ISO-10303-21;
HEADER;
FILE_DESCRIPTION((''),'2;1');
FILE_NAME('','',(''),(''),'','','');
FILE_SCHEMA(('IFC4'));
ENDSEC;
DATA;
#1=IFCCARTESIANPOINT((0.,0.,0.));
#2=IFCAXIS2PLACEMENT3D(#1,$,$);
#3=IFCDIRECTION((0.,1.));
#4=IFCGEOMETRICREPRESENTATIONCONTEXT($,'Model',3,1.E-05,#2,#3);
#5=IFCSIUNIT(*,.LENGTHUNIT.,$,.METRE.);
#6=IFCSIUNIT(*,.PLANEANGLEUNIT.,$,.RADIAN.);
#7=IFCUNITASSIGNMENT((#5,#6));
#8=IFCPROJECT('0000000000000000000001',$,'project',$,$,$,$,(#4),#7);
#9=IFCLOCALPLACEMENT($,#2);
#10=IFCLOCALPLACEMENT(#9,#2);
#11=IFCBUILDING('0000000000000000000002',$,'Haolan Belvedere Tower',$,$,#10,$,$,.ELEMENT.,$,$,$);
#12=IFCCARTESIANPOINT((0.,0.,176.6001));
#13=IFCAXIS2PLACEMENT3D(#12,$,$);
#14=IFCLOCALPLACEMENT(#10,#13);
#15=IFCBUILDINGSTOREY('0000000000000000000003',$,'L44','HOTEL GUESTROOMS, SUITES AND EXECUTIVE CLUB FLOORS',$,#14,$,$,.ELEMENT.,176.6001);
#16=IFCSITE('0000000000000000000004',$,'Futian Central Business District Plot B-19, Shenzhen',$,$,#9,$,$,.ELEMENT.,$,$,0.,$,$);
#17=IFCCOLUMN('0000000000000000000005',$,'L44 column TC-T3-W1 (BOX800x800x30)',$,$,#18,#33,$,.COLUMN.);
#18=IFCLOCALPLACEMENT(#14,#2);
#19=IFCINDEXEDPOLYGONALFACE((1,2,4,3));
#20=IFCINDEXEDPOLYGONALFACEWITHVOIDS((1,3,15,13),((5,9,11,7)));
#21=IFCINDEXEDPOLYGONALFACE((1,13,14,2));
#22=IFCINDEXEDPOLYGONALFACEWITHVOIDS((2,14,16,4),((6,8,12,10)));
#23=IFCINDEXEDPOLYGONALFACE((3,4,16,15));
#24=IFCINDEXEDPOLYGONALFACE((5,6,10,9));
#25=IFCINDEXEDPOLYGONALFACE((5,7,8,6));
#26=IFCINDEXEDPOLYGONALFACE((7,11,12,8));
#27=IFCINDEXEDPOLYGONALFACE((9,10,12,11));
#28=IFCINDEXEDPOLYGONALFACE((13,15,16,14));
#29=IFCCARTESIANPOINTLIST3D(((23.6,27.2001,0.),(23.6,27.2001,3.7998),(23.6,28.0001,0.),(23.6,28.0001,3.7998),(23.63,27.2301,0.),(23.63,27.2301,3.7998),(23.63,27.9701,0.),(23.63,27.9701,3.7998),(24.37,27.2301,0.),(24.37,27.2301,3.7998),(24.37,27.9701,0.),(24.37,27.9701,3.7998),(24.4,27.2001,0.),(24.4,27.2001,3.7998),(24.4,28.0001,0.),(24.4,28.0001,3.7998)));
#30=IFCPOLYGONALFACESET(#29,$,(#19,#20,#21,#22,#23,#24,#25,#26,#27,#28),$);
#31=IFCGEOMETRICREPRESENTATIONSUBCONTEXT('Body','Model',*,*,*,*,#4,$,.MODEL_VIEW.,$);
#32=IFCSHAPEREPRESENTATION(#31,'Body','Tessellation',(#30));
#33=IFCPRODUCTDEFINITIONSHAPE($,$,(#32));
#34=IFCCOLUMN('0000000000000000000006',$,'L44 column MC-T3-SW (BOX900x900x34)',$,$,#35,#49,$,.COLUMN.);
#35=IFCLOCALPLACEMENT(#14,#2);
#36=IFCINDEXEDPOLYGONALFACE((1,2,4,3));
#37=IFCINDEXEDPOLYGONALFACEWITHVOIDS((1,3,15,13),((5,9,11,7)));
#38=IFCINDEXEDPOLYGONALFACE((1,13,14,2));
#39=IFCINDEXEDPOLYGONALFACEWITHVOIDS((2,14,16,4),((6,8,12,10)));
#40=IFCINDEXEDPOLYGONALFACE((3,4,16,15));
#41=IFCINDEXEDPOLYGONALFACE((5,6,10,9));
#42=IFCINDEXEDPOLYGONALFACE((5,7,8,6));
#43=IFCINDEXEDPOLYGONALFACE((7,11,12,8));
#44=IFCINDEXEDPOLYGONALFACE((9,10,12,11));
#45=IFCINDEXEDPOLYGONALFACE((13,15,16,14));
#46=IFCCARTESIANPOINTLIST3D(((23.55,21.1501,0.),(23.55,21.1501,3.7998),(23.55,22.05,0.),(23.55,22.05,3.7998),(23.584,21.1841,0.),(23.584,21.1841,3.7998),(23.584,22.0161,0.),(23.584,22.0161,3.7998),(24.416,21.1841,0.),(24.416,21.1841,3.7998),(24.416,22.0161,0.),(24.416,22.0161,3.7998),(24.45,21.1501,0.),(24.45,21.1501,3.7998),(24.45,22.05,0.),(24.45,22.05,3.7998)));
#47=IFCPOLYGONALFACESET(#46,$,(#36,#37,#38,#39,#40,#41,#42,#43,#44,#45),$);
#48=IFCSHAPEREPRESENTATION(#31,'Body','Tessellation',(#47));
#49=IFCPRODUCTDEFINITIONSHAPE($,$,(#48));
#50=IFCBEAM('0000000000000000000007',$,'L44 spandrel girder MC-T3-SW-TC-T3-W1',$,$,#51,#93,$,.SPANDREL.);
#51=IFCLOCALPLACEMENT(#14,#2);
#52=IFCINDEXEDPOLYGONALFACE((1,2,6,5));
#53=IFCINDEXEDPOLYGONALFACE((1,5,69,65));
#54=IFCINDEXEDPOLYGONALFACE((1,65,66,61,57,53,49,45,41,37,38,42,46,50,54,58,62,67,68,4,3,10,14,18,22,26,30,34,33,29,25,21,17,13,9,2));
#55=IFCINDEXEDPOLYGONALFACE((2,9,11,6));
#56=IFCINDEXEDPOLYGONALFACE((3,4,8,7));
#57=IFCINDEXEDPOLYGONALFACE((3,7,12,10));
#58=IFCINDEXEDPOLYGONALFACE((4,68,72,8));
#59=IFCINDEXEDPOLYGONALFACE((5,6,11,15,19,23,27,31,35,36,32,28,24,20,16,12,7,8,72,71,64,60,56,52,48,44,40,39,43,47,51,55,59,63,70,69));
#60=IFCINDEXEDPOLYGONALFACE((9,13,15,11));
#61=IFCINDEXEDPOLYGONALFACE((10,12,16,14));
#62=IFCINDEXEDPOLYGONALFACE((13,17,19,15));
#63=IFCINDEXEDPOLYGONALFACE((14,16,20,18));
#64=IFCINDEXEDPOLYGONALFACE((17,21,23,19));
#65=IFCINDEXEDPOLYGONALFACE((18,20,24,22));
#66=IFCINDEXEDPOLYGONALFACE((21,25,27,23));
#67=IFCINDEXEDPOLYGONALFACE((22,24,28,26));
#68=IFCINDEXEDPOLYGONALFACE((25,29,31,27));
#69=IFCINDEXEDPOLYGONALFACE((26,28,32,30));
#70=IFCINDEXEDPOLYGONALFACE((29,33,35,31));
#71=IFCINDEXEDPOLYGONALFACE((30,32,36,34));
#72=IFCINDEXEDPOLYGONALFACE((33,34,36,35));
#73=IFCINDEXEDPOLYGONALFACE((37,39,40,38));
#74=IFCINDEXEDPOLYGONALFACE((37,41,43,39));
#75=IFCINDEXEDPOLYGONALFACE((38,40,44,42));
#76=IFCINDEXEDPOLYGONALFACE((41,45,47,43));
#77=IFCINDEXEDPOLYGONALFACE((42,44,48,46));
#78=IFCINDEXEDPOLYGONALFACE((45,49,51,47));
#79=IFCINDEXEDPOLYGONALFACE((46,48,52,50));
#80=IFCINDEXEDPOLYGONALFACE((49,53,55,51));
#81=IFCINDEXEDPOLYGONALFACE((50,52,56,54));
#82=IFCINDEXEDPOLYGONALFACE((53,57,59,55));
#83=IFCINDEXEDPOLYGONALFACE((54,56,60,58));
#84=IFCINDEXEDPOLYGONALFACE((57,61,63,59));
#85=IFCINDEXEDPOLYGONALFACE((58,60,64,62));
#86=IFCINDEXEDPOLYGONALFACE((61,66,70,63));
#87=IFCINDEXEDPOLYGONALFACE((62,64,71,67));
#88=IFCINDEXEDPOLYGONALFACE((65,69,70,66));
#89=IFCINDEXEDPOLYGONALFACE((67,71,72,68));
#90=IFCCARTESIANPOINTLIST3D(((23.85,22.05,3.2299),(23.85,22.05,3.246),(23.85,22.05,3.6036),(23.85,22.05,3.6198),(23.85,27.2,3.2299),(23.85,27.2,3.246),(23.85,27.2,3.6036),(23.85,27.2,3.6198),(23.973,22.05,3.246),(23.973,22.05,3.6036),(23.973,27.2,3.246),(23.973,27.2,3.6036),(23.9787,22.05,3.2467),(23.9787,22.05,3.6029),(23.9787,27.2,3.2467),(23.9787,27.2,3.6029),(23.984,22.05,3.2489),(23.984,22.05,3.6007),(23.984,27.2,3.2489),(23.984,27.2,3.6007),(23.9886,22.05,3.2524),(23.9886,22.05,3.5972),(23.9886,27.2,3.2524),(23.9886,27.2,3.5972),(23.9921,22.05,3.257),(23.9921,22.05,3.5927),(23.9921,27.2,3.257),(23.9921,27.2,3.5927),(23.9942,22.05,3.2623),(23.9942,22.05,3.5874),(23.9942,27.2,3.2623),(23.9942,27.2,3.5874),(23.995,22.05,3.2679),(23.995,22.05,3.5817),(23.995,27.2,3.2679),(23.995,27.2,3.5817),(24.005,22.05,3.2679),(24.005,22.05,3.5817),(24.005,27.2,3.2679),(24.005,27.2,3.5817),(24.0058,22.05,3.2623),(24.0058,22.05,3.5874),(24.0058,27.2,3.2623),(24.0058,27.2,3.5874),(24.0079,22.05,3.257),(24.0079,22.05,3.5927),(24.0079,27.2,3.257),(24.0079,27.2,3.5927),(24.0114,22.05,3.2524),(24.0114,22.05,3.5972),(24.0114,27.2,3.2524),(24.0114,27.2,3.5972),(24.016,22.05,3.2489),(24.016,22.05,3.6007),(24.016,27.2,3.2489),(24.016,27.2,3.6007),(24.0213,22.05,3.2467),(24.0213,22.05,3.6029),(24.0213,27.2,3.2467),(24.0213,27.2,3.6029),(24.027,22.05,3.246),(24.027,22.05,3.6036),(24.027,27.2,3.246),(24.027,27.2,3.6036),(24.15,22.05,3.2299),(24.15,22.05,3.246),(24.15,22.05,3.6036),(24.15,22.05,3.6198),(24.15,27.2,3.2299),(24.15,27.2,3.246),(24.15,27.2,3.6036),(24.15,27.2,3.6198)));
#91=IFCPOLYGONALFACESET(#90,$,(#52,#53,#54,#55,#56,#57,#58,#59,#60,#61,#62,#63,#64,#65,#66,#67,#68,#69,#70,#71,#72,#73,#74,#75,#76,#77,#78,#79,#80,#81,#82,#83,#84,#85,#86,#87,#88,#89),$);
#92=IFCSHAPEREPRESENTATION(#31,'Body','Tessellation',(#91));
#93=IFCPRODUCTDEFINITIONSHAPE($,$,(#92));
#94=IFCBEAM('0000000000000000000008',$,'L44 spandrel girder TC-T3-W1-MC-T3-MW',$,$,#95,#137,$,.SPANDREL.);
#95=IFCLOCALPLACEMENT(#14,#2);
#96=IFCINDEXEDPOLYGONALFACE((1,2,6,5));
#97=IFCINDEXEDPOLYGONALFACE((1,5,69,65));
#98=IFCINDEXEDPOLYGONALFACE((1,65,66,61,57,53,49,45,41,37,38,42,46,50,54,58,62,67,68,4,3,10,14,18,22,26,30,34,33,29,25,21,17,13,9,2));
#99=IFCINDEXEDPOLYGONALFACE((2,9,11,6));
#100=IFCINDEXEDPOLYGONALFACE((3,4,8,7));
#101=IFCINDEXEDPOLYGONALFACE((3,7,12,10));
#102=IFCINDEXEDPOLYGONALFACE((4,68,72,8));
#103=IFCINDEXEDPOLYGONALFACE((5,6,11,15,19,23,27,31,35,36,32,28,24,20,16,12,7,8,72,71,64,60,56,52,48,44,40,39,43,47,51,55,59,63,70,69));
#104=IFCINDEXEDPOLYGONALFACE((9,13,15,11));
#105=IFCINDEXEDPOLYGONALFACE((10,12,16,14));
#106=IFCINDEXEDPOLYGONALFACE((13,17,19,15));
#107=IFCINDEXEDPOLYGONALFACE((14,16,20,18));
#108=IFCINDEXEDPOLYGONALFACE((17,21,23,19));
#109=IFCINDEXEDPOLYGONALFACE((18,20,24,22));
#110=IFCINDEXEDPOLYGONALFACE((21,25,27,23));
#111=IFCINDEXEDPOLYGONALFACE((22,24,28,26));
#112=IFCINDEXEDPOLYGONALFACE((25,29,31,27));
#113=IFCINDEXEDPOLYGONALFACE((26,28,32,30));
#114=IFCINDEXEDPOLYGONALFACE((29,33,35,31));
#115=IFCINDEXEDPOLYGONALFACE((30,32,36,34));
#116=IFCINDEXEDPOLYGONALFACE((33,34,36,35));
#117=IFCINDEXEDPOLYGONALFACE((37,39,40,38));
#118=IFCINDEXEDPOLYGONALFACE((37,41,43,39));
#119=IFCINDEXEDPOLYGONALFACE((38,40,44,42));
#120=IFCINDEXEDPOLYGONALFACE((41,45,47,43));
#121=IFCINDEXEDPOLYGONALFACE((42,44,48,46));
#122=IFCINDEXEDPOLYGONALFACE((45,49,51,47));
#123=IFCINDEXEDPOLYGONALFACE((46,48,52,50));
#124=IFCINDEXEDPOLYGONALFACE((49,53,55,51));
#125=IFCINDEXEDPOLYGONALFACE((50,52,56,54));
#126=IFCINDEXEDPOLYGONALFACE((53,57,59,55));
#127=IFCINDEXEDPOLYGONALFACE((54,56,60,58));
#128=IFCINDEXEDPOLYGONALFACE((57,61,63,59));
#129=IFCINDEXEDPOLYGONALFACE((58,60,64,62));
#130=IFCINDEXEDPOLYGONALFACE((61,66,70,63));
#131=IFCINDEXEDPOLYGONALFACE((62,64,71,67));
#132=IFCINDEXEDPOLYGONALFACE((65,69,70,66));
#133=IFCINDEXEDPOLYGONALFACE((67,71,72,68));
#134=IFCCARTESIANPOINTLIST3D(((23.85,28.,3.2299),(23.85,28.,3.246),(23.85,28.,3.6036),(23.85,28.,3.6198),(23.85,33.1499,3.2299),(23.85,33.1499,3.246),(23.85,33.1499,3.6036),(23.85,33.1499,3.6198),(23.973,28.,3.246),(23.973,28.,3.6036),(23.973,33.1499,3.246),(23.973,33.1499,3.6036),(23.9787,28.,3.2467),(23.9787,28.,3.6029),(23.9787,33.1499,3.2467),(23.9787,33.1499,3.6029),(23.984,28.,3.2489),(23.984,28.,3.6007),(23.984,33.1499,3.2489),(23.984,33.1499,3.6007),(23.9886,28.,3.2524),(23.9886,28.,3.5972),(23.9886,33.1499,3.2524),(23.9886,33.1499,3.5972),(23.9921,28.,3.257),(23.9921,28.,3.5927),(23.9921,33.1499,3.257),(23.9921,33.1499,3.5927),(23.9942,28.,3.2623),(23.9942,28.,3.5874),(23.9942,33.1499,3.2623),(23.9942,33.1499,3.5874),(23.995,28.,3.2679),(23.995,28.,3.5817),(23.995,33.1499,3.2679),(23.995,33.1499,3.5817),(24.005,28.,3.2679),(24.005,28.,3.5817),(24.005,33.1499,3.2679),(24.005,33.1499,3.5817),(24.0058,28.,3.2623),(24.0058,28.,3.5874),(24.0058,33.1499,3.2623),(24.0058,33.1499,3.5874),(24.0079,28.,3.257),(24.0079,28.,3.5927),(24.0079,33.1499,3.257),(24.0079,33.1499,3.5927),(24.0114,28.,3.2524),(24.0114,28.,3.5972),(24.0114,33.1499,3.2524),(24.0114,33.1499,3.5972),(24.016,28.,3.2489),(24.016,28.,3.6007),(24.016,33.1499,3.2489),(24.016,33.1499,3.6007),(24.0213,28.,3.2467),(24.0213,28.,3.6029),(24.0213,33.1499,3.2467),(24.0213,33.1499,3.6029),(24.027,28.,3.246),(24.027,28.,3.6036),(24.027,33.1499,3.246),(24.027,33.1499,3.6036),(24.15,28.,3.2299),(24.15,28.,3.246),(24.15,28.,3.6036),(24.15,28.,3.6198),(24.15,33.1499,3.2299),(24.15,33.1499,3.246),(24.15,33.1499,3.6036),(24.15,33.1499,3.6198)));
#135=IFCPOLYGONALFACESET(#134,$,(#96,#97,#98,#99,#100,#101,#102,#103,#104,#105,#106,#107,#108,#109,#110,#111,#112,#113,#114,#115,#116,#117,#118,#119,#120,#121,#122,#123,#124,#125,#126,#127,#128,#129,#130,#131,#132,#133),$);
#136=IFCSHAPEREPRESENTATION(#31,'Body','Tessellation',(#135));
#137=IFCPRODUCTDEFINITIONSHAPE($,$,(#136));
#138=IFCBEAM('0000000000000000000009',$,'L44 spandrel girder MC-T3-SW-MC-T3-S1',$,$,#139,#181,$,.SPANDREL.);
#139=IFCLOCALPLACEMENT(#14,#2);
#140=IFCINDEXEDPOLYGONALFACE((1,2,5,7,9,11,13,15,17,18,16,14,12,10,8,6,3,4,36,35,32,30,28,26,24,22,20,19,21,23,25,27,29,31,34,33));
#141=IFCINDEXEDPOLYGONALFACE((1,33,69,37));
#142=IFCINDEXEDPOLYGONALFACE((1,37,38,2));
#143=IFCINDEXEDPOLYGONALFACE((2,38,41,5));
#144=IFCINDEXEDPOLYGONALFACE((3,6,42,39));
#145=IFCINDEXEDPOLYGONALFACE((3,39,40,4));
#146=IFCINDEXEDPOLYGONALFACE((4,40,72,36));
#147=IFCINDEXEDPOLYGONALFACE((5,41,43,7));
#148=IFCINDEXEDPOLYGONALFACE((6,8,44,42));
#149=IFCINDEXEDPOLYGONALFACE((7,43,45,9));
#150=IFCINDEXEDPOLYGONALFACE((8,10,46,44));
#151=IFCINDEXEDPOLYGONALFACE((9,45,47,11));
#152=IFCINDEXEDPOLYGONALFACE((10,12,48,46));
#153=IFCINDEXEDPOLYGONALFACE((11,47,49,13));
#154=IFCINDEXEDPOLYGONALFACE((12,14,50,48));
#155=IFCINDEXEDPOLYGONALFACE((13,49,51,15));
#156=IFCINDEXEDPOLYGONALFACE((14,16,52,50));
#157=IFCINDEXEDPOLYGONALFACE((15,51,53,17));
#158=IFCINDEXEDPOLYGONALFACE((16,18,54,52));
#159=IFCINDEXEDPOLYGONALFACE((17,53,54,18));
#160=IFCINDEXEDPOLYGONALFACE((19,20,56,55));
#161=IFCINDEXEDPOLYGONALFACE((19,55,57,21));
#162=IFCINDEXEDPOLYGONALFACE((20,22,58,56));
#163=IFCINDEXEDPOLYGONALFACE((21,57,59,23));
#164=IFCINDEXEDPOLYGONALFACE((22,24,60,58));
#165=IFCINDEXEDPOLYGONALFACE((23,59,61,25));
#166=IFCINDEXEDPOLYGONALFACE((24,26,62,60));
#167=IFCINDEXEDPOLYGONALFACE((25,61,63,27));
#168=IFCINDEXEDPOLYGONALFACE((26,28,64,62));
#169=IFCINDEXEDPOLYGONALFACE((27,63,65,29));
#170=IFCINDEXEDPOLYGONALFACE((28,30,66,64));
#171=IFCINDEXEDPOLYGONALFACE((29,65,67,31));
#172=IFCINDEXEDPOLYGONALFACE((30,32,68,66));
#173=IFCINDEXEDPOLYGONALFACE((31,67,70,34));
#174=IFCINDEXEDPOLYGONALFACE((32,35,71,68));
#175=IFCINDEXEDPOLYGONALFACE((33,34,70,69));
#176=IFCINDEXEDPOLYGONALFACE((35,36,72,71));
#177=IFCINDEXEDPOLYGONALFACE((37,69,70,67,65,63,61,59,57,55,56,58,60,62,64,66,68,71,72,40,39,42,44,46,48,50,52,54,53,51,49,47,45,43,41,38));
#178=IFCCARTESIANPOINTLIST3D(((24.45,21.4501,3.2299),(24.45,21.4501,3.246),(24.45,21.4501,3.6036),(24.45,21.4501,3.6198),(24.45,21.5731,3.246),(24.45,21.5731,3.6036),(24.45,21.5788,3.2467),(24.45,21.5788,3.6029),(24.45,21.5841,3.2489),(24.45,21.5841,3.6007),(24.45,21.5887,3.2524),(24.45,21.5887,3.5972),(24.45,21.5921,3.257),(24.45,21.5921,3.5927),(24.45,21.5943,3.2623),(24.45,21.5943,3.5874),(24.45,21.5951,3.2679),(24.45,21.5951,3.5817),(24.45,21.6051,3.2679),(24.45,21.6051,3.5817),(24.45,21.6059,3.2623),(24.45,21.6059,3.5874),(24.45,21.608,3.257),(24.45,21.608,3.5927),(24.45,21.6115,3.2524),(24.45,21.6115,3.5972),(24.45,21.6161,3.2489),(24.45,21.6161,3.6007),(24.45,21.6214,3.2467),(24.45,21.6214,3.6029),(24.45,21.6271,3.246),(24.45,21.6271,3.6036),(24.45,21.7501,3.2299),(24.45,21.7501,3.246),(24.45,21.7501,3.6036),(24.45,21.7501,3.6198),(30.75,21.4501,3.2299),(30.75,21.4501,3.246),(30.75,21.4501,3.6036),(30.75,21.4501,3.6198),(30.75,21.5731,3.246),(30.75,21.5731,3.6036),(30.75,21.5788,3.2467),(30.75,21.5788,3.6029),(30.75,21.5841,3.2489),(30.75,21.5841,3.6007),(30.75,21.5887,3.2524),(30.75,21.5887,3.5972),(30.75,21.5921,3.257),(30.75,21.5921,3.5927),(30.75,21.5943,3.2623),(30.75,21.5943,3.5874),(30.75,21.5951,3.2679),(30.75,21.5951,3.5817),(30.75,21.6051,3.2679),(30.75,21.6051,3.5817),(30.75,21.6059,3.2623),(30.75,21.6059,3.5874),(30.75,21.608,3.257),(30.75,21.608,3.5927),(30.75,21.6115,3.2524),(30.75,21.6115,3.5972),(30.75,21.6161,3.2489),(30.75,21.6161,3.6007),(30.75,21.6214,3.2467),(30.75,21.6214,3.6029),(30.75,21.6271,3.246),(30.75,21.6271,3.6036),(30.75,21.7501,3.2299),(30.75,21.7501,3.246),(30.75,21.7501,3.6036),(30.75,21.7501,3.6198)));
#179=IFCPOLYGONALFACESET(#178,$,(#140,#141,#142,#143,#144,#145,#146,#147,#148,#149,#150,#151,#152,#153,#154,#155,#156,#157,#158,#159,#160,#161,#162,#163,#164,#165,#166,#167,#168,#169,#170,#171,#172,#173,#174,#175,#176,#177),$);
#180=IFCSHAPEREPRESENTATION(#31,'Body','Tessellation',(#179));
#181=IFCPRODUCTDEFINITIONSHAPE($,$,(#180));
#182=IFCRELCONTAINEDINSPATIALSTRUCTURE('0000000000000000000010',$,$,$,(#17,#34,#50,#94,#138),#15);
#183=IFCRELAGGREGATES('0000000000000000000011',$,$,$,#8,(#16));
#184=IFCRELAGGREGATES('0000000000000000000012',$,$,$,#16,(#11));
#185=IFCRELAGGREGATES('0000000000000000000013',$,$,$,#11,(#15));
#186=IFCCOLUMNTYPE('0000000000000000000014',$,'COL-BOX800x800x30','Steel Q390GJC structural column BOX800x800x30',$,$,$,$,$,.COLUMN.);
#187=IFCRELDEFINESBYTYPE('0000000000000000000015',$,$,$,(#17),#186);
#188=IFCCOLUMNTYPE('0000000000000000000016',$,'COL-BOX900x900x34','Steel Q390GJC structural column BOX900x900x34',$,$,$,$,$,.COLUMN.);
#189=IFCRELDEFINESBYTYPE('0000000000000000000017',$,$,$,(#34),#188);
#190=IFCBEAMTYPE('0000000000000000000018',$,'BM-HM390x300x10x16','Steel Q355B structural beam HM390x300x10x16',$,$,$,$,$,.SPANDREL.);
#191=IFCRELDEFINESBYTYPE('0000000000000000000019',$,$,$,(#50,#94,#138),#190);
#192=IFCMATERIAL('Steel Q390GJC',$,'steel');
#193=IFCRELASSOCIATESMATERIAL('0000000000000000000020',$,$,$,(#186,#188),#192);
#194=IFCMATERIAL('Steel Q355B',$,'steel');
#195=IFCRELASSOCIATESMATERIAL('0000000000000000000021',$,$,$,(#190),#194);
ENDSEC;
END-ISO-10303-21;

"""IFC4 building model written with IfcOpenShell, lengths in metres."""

from ifc_helpers import new_model, si_unit, direction, frame, origin, origin_2d, place, context, subcontext, project, spatial, hollow_rectangle, i_section, extrude, material, material_profile, profile_set, type_object, element, save


model = new_model("IFC4")

# Units and contexts
model_context = context("Model", 3, precision=1e-05, world=origin(), true_north=direction((0.0, 1.0)))
body_context = subcontext(model_context, "Body", "Model", "MODEL_VIEW")
ifc_project = project(units=[si_unit("LENGTHUNIT", "METRE"), si_unit("PLANEANGLEUNIT", "RADIAN")], contexts=[model_context])

# Site, building, storey
site_placement = place(None, origin())
site = spatial("IfcSite", under=ifc_project, at=site_placement, Name="Futian Central Business District Plot B-19, Shenzhen", CompositionType="ELEMENT", RefElevation=0.0)
building_placement = place(site_placement, origin())
building = spatial("IfcBuilding", under=site, at=building_placement, Name="Haolan Belvedere Tower", CompositionType="ELEMENT")
storey_placement = place(building_placement, frame((0.0, 0.0, 176.6001)))
storey = spatial("IfcBuildingStorey", under=building, at=storey_placement, Name="L44", Description="HOTEL GUESTROOMS, SUITES AND EXECUTIVE CLUB FLOORS", CompositionType="ELEMENT", Elevation=176.6001)

# Columns
ifc_material_1 = material(Name="Steel Q390GJC", Category="steel")
ifc_material_profile_1 = material_profile(ifc_material_1, hollow_rectangle(XDim=0.8, YDim=0.8, WallThickness=0.03, at=origin_2d()), Name="Steel Q390GJC")
ifc_profile_set_1 = profile_set([ifc_material_profile_1], Name="Steel Q390GJC")
column_type_1 = type_object("IfcColumnType", Name="COL-BOX800x800x30", Description="Steel Q390GJC structural column BOX800x800x30", PredefinedType="COLUMN", material=ifc_profile_set_1)
column_1_placement = place(storey_placement, frame((24.0, 27.6001, 0.0), z_axis=(0.0, 0.0, 1.0), x_axis=(1.0, 0.0, 0.0)))
element("IfcColumn", 1, at=column_1_placement, inside=storey, type_object=column_type_1, Name="L44 column TC-T3-W1 (BOX800x800x30)", PredefinedType="COLUMN", context=body_context, shape_type="SweptSolid", body=[
    extrude(hollow_rectangle(XDim=0.8, YDim=0.8, WallThickness=0.03, at=origin_2d()), origin(), (0.0, 0.0, 1.0), 3.7998),
])
ifc_material_profile_2 = material_profile(ifc_material_1, hollow_rectangle(XDim=0.8999, YDim=0.8999, WallThickness=0.0339, at=origin_2d()), Name="Steel Q390GJC")
ifc_profile_set_2 = profile_set([ifc_material_profile_2], Name="Steel Q390GJC")
column_type_2 = type_object("IfcColumnType", Name="COL-BOX900x900x34", Description="Steel Q390GJC structural column BOX900x900x34", PredefinedType="COLUMN", material=ifc_profile_set_2)
column_2_placement = place(storey_placement, frame((24.0, 21.6001, 0.0), z_axis=(0.0, 0.0, 1.0), x_axis=(1.0, 0.0, 0.0)))
element("IfcColumn", 2, at=column_2_placement, inside=storey, type_object=column_type_2, Name="L44 column MC-T3-SW (BOX900x900x34)", PredefinedType="COLUMN", context=body_context, shape_type="SweptSolid", body=[
    extrude(hollow_rectangle(XDim=0.8999, YDim=0.8999, WallThickness=0.0339, at=origin_2d()), origin(), (0.0, 0.0, 1.0), 3.7998),
])

# Beams
ifc_material_2 = material(Name="Steel Q355B", Category="steel")
ifc_material_profile_3 = material_profile(ifc_material_2, i_section(OverallWidth=0.3, OverallDepth=0.3899, WebThickness=0.01, FlangeThickness=0.0161, FilletRadius=0.022, at=origin_2d()), Name="Steel Q355B")
ifc_profile_set_3 = profile_set([ifc_material_profile_3], Name="Steel Q355B")
beam_type_1 = type_object("IfcBeamType", Name="BM-HM390x300x10x16", Description="Steel Q355B structural beam HM390x300x10x16", PredefinedType="SPANDREL", material=ifc_profile_set_3)
for number, where, z_axis, x_axis, name in (
    (3, (24.0, 22.05, 3.4248), (0.0, 1.0, 0.0), (-1.0, 0.0, 0.0), "L44 spandrel girder MC-T3-SW-TC-T3-W1"),
    (4, (24.0, 28.0, 3.4248), (0.0, 1.0, 0.0), (-1.0, 0.0, 0.0), "L44 spandrel girder TC-T3-W1-MC-T3-MW"),
):
    element("IfcBeam", number, at=place(storey_placement, frame(where, z_axis=z_axis, x_axis=x_axis)), inside=storey, type_object=beam_type_1, Name=name, PredefinedType="SPANDREL", context=body_context, shape_type="SweptSolid", body=[
        extrude(i_section(OverallWidth=0.3, OverallDepth=0.3899, WebThickness=0.01, FlangeThickness=0.0161, FilletRadius=0.022, at=origin_2d()), origin(), (0.0, 0.0, 1.0), 5.1499),
    ])
beam_1_placement = place(storey_placement, frame((24.45, 21.6001, 3.4248), z_axis=(1.0, 0.0, 0.0), x_axis=(0.0, 1.0, 0.0)))
element("IfcBeam", 5, at=beam_1_placement, inside=storey, type_object=beam_type_1, Name="L44 spandrel girder MC-T3-SW-MC-T3-S1", PredefinedType="SPANDREL", context=body_context, shape_type="SweptSolid", body=[
    extrude(i_section(OverallWidth=0.3, OverallDepth=0.3899, WebThickness=0.01, FlangeThickness=0.0161, FilletRadius=0.022, at=origin_2d()), origin(), (0.0, 0.0, 1.0), 6.3),
])

save(model, "model.ifc")
